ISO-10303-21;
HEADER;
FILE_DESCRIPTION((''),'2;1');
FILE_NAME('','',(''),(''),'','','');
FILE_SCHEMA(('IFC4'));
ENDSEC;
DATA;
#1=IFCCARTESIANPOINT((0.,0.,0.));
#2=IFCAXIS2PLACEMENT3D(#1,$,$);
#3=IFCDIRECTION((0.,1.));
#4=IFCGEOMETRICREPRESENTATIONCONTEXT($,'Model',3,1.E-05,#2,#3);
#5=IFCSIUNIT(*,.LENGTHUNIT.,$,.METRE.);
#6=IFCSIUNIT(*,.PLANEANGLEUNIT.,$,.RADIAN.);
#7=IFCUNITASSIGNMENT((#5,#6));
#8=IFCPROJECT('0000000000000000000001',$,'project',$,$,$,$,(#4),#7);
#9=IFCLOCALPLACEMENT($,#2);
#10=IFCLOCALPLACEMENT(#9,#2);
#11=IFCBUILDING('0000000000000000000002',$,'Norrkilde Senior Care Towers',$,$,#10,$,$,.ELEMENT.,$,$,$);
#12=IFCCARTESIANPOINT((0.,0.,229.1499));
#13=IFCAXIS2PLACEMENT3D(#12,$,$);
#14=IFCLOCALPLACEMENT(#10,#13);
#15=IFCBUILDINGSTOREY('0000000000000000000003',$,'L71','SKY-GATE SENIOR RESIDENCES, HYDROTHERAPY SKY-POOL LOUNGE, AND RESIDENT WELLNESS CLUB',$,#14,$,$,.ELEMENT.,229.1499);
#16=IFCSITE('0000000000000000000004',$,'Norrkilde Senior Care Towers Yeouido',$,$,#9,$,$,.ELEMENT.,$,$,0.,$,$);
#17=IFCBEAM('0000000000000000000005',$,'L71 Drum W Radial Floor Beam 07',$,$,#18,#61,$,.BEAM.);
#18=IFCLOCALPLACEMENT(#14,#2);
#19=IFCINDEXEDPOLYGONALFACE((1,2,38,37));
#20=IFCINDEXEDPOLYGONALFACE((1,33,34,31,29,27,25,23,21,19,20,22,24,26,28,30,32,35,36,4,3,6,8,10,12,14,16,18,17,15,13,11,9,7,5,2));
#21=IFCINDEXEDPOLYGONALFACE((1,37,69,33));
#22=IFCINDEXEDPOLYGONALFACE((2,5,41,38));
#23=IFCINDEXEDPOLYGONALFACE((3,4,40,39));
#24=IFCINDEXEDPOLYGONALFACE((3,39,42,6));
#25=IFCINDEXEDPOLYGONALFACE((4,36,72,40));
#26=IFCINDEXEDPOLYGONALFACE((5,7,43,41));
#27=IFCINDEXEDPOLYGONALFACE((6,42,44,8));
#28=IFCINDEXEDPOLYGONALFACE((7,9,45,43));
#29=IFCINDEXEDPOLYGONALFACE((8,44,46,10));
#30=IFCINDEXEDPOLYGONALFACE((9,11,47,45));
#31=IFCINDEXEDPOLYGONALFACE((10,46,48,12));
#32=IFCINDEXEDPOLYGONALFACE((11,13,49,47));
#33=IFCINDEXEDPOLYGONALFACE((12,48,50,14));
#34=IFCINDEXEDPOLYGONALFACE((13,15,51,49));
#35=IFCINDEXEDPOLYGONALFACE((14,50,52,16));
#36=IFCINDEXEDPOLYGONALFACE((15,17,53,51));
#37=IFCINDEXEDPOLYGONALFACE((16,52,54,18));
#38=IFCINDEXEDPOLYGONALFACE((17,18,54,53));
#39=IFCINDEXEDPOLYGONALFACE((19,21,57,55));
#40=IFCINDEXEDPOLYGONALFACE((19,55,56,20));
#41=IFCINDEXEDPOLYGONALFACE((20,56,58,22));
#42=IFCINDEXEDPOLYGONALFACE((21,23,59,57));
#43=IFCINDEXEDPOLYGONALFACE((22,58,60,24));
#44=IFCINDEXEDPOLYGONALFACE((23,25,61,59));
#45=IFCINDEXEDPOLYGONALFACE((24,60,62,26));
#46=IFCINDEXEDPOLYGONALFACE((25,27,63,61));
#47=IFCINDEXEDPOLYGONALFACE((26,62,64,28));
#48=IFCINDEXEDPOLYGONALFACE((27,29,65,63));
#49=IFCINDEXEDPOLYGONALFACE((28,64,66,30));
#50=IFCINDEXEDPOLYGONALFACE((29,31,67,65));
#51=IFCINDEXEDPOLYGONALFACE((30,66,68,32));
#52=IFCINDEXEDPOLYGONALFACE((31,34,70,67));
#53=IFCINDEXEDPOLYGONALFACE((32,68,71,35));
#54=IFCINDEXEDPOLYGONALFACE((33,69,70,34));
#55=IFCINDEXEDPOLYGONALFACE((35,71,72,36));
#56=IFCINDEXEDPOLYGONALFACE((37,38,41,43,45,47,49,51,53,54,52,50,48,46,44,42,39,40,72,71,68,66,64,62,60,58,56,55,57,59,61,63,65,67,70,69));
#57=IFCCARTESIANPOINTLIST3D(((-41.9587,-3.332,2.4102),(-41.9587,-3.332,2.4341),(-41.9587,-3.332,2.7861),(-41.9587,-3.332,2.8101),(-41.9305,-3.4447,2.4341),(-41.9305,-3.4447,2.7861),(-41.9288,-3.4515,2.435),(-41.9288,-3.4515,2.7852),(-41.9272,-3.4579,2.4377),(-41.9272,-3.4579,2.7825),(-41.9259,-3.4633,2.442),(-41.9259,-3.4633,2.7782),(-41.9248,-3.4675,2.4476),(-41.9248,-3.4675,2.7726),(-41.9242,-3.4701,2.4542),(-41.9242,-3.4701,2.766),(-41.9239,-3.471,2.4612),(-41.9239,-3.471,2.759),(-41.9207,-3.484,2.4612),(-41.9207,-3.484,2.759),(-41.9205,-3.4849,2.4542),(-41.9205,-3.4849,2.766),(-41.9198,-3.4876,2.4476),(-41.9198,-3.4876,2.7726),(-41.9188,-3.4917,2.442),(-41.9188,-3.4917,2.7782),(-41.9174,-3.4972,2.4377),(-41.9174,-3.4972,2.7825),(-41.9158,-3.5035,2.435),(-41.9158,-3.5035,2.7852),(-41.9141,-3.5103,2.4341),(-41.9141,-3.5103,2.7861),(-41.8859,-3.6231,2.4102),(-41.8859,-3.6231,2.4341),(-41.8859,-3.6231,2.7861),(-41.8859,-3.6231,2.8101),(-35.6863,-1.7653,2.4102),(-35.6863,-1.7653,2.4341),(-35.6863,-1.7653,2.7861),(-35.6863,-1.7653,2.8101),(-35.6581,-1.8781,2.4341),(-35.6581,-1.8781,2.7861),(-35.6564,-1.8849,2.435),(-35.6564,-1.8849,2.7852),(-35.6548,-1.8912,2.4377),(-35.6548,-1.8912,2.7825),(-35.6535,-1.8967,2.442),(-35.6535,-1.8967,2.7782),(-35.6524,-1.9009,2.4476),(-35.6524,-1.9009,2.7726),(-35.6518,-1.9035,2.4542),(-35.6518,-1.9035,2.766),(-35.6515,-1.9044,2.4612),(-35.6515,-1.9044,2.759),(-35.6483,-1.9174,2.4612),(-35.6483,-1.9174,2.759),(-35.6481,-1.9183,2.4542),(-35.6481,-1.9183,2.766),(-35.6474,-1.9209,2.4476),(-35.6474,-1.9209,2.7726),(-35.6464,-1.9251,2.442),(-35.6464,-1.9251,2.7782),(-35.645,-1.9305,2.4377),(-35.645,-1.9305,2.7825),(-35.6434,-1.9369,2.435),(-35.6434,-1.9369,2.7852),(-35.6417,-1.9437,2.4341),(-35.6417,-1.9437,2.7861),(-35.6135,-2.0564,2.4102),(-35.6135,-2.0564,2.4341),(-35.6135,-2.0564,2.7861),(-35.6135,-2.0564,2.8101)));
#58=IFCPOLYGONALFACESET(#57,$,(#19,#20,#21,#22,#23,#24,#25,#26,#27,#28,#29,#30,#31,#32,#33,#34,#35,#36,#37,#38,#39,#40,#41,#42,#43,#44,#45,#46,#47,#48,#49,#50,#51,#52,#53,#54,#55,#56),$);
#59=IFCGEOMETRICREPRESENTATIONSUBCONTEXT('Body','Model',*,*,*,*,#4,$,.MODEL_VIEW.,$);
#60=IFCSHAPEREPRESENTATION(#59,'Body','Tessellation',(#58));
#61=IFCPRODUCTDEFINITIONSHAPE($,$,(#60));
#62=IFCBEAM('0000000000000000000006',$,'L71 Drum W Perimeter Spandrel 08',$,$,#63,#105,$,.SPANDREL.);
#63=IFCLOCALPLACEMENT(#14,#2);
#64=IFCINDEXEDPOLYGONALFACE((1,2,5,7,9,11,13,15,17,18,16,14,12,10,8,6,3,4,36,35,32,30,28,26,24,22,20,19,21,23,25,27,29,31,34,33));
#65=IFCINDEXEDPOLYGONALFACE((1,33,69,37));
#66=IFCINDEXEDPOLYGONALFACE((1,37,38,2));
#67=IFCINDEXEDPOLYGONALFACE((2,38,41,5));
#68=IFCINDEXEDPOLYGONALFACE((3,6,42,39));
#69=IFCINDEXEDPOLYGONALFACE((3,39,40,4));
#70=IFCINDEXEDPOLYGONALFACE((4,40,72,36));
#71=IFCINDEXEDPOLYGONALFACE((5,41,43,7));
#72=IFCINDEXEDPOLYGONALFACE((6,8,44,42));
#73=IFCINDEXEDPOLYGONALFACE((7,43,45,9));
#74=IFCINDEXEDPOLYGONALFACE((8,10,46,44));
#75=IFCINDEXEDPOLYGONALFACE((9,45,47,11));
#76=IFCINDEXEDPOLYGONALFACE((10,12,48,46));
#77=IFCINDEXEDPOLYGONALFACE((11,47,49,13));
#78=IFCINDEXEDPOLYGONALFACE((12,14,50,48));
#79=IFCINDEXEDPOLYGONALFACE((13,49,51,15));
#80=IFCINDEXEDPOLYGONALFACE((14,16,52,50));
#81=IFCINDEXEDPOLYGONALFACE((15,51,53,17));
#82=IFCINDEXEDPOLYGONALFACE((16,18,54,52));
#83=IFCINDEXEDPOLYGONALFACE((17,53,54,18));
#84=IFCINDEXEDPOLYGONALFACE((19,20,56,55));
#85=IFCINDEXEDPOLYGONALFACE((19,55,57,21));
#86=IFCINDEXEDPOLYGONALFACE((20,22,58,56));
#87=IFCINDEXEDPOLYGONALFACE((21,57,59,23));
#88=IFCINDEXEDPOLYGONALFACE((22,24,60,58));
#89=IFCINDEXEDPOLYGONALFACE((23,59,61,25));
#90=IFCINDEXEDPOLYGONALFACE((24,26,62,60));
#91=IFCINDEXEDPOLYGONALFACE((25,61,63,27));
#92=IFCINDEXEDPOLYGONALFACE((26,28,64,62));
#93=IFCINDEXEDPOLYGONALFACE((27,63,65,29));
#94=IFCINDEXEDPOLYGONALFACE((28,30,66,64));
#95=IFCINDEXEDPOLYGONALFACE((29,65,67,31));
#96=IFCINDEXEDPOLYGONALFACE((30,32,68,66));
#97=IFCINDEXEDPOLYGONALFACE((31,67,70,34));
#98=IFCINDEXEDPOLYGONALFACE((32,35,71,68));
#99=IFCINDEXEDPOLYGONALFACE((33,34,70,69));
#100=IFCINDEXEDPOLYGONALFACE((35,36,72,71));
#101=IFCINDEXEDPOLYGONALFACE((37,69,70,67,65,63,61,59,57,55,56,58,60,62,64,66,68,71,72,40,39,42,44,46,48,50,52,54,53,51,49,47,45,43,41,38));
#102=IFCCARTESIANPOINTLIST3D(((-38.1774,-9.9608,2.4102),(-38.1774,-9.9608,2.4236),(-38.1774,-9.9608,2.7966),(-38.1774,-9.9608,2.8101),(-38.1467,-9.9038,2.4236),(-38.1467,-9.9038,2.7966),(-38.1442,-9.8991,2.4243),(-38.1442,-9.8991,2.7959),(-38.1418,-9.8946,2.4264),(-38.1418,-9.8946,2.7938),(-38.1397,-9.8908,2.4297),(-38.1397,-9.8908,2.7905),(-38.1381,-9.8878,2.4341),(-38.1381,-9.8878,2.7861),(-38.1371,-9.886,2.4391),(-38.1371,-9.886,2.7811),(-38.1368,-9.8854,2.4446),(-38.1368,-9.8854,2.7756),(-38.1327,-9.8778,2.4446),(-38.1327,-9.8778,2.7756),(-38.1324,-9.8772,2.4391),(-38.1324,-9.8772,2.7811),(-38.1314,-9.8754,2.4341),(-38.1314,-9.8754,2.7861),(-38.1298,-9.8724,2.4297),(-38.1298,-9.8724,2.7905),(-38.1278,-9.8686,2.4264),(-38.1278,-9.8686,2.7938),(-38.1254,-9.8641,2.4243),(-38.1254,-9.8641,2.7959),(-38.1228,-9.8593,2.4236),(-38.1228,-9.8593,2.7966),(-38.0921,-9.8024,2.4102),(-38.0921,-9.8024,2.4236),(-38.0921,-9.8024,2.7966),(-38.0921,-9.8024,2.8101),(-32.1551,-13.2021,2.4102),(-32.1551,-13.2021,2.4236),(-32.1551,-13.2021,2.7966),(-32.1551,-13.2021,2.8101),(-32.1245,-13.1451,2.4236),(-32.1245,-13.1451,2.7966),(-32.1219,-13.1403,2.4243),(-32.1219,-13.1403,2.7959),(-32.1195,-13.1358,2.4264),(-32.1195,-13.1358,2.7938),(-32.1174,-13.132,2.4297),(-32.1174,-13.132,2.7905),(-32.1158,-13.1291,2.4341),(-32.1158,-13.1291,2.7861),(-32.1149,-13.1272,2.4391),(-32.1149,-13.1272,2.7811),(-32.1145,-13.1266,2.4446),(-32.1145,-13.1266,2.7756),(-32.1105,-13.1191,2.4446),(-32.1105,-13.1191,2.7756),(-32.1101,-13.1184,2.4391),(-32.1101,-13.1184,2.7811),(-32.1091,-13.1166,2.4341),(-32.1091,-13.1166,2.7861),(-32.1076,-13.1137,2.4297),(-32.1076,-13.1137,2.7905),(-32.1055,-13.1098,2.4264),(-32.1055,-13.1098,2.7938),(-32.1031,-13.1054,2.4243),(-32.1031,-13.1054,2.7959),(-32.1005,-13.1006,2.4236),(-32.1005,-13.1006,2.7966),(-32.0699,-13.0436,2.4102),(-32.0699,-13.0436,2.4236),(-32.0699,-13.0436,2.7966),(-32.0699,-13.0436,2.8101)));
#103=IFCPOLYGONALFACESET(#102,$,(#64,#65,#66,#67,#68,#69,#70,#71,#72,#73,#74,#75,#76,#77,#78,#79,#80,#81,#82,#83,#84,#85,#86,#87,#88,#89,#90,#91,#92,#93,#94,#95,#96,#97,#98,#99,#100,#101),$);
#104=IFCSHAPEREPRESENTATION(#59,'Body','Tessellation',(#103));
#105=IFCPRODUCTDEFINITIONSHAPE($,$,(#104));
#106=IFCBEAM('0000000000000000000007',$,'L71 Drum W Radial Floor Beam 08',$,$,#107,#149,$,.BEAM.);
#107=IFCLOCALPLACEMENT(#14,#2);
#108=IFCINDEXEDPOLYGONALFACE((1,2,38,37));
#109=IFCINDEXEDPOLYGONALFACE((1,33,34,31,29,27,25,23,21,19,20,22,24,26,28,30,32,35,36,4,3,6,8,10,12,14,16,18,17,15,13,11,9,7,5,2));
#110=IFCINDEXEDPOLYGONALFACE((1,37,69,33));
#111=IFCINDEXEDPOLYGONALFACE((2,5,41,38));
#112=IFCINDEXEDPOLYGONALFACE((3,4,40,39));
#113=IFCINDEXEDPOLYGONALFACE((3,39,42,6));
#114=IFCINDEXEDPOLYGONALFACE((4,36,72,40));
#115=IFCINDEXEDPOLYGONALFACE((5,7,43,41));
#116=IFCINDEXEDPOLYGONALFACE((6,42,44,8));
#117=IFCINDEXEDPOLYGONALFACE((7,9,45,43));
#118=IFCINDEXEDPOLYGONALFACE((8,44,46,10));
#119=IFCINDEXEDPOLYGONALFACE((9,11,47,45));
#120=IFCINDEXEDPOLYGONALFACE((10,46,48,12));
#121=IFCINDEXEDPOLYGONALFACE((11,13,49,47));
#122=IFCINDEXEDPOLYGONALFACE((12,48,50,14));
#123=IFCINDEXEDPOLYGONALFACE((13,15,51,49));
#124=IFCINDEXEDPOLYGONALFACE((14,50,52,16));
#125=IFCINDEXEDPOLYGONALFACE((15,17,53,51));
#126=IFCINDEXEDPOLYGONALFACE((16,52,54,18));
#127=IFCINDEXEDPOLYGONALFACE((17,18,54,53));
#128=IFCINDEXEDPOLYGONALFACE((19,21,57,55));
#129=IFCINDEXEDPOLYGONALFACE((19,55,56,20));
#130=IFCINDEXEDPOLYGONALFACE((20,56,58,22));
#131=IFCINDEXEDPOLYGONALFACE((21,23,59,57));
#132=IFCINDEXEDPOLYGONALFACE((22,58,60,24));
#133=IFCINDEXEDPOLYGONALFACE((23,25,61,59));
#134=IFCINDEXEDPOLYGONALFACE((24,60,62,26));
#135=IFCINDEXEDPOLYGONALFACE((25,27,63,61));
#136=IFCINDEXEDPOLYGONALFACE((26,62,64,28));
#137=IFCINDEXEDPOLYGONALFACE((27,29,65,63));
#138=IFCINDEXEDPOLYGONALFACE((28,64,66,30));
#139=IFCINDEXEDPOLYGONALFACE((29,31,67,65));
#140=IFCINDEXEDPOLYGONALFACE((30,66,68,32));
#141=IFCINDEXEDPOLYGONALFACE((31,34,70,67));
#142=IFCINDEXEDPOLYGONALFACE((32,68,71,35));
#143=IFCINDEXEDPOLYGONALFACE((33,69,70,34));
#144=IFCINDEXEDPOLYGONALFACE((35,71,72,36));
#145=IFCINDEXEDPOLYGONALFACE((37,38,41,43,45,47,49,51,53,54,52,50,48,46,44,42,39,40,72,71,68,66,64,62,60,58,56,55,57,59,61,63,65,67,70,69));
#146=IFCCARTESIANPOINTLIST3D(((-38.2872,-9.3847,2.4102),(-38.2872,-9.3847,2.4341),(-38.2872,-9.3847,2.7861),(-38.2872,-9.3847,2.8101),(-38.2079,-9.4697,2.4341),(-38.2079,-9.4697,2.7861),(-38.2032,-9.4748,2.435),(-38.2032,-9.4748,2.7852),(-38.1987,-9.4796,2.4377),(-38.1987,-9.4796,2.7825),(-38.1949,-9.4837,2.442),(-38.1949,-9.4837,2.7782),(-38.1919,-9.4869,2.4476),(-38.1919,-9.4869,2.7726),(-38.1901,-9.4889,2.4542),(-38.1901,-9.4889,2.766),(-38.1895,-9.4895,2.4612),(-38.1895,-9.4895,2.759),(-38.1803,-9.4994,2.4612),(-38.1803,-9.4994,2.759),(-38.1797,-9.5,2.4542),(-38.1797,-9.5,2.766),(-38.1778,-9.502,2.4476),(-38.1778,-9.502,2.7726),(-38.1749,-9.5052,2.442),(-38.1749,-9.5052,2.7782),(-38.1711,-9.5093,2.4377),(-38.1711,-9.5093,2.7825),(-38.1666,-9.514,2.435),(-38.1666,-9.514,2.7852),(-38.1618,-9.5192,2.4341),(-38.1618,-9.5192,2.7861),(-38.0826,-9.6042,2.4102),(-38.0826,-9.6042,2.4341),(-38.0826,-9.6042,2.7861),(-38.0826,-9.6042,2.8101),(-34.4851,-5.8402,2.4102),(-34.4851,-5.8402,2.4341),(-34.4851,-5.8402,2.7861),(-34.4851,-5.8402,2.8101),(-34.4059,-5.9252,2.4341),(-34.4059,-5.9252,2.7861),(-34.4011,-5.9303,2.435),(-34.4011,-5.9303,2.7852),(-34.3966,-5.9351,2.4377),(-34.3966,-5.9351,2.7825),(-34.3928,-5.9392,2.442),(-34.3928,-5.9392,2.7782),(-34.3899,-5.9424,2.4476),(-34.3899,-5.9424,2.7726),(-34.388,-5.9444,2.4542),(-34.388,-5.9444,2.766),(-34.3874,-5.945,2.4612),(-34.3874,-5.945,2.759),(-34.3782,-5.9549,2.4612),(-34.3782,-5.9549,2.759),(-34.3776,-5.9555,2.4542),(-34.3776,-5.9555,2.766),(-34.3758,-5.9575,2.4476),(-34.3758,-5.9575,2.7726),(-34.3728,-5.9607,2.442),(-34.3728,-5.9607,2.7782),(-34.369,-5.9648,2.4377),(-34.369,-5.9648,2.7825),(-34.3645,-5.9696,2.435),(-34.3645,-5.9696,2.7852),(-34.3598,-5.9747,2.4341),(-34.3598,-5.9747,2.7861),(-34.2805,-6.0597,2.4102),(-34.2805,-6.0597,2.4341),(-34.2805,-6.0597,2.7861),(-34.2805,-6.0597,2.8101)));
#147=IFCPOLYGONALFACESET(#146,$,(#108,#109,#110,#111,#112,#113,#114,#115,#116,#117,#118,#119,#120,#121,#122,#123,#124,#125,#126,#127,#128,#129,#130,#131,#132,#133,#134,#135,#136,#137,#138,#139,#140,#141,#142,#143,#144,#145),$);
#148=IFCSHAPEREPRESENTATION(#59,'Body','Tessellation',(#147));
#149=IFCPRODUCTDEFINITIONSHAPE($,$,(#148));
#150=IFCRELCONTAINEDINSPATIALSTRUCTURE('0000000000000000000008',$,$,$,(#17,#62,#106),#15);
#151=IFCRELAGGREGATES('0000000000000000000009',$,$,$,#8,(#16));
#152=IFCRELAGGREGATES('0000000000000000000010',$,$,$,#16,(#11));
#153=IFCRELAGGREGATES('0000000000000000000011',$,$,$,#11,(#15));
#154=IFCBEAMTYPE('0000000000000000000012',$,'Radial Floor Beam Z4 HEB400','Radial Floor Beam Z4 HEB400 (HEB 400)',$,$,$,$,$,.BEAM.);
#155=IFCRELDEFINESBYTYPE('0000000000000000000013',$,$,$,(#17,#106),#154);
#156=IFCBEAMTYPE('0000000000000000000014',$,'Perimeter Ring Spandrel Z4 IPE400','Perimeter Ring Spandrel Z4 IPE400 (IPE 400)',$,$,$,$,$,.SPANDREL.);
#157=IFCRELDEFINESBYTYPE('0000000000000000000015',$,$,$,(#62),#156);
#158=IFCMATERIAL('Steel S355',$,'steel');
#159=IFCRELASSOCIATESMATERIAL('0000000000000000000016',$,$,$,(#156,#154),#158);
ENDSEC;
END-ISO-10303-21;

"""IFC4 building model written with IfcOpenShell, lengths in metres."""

from ifc_helpers import new_model, si_unit, direction, frame, origin, origin_2d, place, context, subcontext, project, spatial, i_section, extrude, source, transform, mapped, material, material_profile, profile_set, type_object, type_shapes, element, save


model = new_model("IFC4")

# Units and contexts
model_context = context("Model", 3, precision=1e-05, world=origin(), true_north=direction((0.0, 1.0)))
body_context = subcontext(model_context, "Body", "Model", "MODEL_VIEW")
ifc_project = project(units=[si_unit("LENGTHUNIT", "METRE"), si_unit("PLANEANGLEUNIT", "RADIAN")], contexts=[model_context])

# Site, building, storey
site_placement = place(None, origin())
site = spatial("IfcSite", under=ifc_project, at=site_placement, Name="Norrkilde Senior Care Towers Yeouido", CompositionType="ELEMENT", RefElevation=0.0)
building_placement = place(site_placement, origin())
building = spatial("IfcBuilding", under=site, at=building_placement, Name="Norrkilde Senior Care Towers", CompositionType="ELEMENT")
storey_placement = place(building_placement, frame((0.0, 0.0, 229.1499)))
storey = spatial("IfcBuildingStorey", under=building, at=storey_placement, Name="L71", Description="SKY-GATE SENIOR RESIDENCES, HYDROTHERAPY SKY-POOL LOUNGE, AND RESIDENT WELLNESS CLUB", CompositionType="ELEMENT", Elevation=229.1499)

# Beams
ifc_material_1 = material(Name="Steel S355", Category="steel")
ifc_material_profile_1 = material_profile(ifc_material_1, i_section(OverallWidth=0.1799, OverallDepth=0.3999, WebThickness=0.0085, FlangeThickness=0.0134, FilletRadius=0.021, at=origin_2d()), Name="IPE 400")
ifc_profile_set_1 = profile_set([ifc_material_profile_1], Name="Steel S355")
beam_type_1 = type_object("IfcBeamType", Name="Perimeter Ring Spandrel Z4 IPE400", Description="Perimeter Ring Spandrel Z4 IPE400 (IPE 400)", PredefinedType="SPANDREL", material=ifc_profile_set_1)
ifc_material_profile_2 = material_profile(ifc_material_1, i_section(OverallWidth=0.3, OverallDepth=0.3999, WebThickness=0.0134, FlangeThickness=0.0239, FilletRadius=0.0271, at=origin_2d()), Name="HEB 400")
ifc_profile_set_2 = profile_set([ifc_material_profile_2], Name="Steel S355")
beam_type_2 = type_object("IfcBeamType", Name="Radial Floor Beam Z4 HEB400", Description="Radial Floor Beam Z4 HEB400 (HEB 400)", PredefinedType="BEAM", material=ifc_profile_set_2)
shared_shape_1 = source(origin(), body_context, "Body", "SweptSolid", [
    extrude(i_section(OverallWidth=0.3, OverallDepth=0.3999, WebThickness=0.0134, FlangeThickness=0.0239, FilletRadius=0.0271, at=origin_2d()), origin(), (0.0, 0.0, 1.0), 6.4651),
])
beam_1_placement = place(storey_placement, frame((-35.6499, -1.9109, 2.6101), z_axis=(-0.970196, -0.242322, 0.0), x_axis=(0.242322, -0.970196, 0.0)))
element("IfcBeam", 1, at=beam_1_placement, inside=storey, type_object=beam_type_2, Name="L71 Drum W Radial Floor Beam 07", PredefinedType="BEAM", context=body_context, shape_type="MappedRepresentation", body=[
    mapped(shared_shape_1, transform((0.0, 0.0, 0.0), x_axis=(1.0, 0.0, 0.0), y_axis=(0.0, 1.0, 0.0), z_axis=(0.0, 0.0, 1.0), scale=1.0)),
])
shared_shape_2 = source(origin(), body_context, "Body", "SweptSolid", [
    extrude(i_section(OverallWidth=0.1799, OverallDepth=0.3999, WebThickness=0.0085, FlangeThickness=0.0134, FilletRadius=0.021, at=origin_2d()), origin(), (0.0, 0.0, 1.0), 6.8391),
])
beam_2_placement = place(storey_placement, frame((-38.1348, -9.8816, 2.6101), z_axis=(0.880564, -0.473927, 0.0), x_axis=(0.473927, 0.880564, 0.0)))
element("IfcBeam", 2, at=beam_2_placement, inside=storey, type_object=beam_type_1, Name="L71 Drum W Perimeter Spandrel 08", PredefinedType="SPANDREL", context=body_context, shape_type="MappedRepresentation", body=[
    mapped(shared_shape_2, transform((0.0, 0.0, 0.0), x_axis=(1.0, 0.0, 0.0), y_axis=(0.0, 1.0, 0.0), z_axis=(0.0, 0.0, 1.0), scale=1.0)),
])
shared_shape_3 = source(origin(), body_context, "Body", "SweptSolid", [
    extrude(i_section(OverallWidth=0.3, OverallDepth=0.3999, WebThickness=0.0134, FlangeThickness=0.0239, FilletRadius=0.0271, at=origin_2d()), origin(), (0.0, 0.0, 1.0), 5.198),
])
type_shapes(beam_type_2, [shared_shape_1, shared_shape_3])
beam_3_placement = place(storey_placement, frame((-34.3828, -5.95, 2.6101), z_axis=(-0.731449, -0.681896, 0.0), x_axis=(0.681896, -0.731449, 0.0)))
element("IfcBeam", 3, at=beam_3_placement, inside=storey, type_object=beam_type_2, Name="L71 Drum W Radial Floor Beam 08", PredefinedType="BEAM", context=body_context, shape_type="MappedRepresentation", body=[
    mapped(shared_shape_3, transform((0.0, 0.0, 0.0), x_axis=(1.0, 0.0, 0.0), y_axis=(0.0, 1.0, 0.0), z_axis=(0.0, 0.0, 1.0), scale=1.0)),
])

save(model, "model.ifc")
